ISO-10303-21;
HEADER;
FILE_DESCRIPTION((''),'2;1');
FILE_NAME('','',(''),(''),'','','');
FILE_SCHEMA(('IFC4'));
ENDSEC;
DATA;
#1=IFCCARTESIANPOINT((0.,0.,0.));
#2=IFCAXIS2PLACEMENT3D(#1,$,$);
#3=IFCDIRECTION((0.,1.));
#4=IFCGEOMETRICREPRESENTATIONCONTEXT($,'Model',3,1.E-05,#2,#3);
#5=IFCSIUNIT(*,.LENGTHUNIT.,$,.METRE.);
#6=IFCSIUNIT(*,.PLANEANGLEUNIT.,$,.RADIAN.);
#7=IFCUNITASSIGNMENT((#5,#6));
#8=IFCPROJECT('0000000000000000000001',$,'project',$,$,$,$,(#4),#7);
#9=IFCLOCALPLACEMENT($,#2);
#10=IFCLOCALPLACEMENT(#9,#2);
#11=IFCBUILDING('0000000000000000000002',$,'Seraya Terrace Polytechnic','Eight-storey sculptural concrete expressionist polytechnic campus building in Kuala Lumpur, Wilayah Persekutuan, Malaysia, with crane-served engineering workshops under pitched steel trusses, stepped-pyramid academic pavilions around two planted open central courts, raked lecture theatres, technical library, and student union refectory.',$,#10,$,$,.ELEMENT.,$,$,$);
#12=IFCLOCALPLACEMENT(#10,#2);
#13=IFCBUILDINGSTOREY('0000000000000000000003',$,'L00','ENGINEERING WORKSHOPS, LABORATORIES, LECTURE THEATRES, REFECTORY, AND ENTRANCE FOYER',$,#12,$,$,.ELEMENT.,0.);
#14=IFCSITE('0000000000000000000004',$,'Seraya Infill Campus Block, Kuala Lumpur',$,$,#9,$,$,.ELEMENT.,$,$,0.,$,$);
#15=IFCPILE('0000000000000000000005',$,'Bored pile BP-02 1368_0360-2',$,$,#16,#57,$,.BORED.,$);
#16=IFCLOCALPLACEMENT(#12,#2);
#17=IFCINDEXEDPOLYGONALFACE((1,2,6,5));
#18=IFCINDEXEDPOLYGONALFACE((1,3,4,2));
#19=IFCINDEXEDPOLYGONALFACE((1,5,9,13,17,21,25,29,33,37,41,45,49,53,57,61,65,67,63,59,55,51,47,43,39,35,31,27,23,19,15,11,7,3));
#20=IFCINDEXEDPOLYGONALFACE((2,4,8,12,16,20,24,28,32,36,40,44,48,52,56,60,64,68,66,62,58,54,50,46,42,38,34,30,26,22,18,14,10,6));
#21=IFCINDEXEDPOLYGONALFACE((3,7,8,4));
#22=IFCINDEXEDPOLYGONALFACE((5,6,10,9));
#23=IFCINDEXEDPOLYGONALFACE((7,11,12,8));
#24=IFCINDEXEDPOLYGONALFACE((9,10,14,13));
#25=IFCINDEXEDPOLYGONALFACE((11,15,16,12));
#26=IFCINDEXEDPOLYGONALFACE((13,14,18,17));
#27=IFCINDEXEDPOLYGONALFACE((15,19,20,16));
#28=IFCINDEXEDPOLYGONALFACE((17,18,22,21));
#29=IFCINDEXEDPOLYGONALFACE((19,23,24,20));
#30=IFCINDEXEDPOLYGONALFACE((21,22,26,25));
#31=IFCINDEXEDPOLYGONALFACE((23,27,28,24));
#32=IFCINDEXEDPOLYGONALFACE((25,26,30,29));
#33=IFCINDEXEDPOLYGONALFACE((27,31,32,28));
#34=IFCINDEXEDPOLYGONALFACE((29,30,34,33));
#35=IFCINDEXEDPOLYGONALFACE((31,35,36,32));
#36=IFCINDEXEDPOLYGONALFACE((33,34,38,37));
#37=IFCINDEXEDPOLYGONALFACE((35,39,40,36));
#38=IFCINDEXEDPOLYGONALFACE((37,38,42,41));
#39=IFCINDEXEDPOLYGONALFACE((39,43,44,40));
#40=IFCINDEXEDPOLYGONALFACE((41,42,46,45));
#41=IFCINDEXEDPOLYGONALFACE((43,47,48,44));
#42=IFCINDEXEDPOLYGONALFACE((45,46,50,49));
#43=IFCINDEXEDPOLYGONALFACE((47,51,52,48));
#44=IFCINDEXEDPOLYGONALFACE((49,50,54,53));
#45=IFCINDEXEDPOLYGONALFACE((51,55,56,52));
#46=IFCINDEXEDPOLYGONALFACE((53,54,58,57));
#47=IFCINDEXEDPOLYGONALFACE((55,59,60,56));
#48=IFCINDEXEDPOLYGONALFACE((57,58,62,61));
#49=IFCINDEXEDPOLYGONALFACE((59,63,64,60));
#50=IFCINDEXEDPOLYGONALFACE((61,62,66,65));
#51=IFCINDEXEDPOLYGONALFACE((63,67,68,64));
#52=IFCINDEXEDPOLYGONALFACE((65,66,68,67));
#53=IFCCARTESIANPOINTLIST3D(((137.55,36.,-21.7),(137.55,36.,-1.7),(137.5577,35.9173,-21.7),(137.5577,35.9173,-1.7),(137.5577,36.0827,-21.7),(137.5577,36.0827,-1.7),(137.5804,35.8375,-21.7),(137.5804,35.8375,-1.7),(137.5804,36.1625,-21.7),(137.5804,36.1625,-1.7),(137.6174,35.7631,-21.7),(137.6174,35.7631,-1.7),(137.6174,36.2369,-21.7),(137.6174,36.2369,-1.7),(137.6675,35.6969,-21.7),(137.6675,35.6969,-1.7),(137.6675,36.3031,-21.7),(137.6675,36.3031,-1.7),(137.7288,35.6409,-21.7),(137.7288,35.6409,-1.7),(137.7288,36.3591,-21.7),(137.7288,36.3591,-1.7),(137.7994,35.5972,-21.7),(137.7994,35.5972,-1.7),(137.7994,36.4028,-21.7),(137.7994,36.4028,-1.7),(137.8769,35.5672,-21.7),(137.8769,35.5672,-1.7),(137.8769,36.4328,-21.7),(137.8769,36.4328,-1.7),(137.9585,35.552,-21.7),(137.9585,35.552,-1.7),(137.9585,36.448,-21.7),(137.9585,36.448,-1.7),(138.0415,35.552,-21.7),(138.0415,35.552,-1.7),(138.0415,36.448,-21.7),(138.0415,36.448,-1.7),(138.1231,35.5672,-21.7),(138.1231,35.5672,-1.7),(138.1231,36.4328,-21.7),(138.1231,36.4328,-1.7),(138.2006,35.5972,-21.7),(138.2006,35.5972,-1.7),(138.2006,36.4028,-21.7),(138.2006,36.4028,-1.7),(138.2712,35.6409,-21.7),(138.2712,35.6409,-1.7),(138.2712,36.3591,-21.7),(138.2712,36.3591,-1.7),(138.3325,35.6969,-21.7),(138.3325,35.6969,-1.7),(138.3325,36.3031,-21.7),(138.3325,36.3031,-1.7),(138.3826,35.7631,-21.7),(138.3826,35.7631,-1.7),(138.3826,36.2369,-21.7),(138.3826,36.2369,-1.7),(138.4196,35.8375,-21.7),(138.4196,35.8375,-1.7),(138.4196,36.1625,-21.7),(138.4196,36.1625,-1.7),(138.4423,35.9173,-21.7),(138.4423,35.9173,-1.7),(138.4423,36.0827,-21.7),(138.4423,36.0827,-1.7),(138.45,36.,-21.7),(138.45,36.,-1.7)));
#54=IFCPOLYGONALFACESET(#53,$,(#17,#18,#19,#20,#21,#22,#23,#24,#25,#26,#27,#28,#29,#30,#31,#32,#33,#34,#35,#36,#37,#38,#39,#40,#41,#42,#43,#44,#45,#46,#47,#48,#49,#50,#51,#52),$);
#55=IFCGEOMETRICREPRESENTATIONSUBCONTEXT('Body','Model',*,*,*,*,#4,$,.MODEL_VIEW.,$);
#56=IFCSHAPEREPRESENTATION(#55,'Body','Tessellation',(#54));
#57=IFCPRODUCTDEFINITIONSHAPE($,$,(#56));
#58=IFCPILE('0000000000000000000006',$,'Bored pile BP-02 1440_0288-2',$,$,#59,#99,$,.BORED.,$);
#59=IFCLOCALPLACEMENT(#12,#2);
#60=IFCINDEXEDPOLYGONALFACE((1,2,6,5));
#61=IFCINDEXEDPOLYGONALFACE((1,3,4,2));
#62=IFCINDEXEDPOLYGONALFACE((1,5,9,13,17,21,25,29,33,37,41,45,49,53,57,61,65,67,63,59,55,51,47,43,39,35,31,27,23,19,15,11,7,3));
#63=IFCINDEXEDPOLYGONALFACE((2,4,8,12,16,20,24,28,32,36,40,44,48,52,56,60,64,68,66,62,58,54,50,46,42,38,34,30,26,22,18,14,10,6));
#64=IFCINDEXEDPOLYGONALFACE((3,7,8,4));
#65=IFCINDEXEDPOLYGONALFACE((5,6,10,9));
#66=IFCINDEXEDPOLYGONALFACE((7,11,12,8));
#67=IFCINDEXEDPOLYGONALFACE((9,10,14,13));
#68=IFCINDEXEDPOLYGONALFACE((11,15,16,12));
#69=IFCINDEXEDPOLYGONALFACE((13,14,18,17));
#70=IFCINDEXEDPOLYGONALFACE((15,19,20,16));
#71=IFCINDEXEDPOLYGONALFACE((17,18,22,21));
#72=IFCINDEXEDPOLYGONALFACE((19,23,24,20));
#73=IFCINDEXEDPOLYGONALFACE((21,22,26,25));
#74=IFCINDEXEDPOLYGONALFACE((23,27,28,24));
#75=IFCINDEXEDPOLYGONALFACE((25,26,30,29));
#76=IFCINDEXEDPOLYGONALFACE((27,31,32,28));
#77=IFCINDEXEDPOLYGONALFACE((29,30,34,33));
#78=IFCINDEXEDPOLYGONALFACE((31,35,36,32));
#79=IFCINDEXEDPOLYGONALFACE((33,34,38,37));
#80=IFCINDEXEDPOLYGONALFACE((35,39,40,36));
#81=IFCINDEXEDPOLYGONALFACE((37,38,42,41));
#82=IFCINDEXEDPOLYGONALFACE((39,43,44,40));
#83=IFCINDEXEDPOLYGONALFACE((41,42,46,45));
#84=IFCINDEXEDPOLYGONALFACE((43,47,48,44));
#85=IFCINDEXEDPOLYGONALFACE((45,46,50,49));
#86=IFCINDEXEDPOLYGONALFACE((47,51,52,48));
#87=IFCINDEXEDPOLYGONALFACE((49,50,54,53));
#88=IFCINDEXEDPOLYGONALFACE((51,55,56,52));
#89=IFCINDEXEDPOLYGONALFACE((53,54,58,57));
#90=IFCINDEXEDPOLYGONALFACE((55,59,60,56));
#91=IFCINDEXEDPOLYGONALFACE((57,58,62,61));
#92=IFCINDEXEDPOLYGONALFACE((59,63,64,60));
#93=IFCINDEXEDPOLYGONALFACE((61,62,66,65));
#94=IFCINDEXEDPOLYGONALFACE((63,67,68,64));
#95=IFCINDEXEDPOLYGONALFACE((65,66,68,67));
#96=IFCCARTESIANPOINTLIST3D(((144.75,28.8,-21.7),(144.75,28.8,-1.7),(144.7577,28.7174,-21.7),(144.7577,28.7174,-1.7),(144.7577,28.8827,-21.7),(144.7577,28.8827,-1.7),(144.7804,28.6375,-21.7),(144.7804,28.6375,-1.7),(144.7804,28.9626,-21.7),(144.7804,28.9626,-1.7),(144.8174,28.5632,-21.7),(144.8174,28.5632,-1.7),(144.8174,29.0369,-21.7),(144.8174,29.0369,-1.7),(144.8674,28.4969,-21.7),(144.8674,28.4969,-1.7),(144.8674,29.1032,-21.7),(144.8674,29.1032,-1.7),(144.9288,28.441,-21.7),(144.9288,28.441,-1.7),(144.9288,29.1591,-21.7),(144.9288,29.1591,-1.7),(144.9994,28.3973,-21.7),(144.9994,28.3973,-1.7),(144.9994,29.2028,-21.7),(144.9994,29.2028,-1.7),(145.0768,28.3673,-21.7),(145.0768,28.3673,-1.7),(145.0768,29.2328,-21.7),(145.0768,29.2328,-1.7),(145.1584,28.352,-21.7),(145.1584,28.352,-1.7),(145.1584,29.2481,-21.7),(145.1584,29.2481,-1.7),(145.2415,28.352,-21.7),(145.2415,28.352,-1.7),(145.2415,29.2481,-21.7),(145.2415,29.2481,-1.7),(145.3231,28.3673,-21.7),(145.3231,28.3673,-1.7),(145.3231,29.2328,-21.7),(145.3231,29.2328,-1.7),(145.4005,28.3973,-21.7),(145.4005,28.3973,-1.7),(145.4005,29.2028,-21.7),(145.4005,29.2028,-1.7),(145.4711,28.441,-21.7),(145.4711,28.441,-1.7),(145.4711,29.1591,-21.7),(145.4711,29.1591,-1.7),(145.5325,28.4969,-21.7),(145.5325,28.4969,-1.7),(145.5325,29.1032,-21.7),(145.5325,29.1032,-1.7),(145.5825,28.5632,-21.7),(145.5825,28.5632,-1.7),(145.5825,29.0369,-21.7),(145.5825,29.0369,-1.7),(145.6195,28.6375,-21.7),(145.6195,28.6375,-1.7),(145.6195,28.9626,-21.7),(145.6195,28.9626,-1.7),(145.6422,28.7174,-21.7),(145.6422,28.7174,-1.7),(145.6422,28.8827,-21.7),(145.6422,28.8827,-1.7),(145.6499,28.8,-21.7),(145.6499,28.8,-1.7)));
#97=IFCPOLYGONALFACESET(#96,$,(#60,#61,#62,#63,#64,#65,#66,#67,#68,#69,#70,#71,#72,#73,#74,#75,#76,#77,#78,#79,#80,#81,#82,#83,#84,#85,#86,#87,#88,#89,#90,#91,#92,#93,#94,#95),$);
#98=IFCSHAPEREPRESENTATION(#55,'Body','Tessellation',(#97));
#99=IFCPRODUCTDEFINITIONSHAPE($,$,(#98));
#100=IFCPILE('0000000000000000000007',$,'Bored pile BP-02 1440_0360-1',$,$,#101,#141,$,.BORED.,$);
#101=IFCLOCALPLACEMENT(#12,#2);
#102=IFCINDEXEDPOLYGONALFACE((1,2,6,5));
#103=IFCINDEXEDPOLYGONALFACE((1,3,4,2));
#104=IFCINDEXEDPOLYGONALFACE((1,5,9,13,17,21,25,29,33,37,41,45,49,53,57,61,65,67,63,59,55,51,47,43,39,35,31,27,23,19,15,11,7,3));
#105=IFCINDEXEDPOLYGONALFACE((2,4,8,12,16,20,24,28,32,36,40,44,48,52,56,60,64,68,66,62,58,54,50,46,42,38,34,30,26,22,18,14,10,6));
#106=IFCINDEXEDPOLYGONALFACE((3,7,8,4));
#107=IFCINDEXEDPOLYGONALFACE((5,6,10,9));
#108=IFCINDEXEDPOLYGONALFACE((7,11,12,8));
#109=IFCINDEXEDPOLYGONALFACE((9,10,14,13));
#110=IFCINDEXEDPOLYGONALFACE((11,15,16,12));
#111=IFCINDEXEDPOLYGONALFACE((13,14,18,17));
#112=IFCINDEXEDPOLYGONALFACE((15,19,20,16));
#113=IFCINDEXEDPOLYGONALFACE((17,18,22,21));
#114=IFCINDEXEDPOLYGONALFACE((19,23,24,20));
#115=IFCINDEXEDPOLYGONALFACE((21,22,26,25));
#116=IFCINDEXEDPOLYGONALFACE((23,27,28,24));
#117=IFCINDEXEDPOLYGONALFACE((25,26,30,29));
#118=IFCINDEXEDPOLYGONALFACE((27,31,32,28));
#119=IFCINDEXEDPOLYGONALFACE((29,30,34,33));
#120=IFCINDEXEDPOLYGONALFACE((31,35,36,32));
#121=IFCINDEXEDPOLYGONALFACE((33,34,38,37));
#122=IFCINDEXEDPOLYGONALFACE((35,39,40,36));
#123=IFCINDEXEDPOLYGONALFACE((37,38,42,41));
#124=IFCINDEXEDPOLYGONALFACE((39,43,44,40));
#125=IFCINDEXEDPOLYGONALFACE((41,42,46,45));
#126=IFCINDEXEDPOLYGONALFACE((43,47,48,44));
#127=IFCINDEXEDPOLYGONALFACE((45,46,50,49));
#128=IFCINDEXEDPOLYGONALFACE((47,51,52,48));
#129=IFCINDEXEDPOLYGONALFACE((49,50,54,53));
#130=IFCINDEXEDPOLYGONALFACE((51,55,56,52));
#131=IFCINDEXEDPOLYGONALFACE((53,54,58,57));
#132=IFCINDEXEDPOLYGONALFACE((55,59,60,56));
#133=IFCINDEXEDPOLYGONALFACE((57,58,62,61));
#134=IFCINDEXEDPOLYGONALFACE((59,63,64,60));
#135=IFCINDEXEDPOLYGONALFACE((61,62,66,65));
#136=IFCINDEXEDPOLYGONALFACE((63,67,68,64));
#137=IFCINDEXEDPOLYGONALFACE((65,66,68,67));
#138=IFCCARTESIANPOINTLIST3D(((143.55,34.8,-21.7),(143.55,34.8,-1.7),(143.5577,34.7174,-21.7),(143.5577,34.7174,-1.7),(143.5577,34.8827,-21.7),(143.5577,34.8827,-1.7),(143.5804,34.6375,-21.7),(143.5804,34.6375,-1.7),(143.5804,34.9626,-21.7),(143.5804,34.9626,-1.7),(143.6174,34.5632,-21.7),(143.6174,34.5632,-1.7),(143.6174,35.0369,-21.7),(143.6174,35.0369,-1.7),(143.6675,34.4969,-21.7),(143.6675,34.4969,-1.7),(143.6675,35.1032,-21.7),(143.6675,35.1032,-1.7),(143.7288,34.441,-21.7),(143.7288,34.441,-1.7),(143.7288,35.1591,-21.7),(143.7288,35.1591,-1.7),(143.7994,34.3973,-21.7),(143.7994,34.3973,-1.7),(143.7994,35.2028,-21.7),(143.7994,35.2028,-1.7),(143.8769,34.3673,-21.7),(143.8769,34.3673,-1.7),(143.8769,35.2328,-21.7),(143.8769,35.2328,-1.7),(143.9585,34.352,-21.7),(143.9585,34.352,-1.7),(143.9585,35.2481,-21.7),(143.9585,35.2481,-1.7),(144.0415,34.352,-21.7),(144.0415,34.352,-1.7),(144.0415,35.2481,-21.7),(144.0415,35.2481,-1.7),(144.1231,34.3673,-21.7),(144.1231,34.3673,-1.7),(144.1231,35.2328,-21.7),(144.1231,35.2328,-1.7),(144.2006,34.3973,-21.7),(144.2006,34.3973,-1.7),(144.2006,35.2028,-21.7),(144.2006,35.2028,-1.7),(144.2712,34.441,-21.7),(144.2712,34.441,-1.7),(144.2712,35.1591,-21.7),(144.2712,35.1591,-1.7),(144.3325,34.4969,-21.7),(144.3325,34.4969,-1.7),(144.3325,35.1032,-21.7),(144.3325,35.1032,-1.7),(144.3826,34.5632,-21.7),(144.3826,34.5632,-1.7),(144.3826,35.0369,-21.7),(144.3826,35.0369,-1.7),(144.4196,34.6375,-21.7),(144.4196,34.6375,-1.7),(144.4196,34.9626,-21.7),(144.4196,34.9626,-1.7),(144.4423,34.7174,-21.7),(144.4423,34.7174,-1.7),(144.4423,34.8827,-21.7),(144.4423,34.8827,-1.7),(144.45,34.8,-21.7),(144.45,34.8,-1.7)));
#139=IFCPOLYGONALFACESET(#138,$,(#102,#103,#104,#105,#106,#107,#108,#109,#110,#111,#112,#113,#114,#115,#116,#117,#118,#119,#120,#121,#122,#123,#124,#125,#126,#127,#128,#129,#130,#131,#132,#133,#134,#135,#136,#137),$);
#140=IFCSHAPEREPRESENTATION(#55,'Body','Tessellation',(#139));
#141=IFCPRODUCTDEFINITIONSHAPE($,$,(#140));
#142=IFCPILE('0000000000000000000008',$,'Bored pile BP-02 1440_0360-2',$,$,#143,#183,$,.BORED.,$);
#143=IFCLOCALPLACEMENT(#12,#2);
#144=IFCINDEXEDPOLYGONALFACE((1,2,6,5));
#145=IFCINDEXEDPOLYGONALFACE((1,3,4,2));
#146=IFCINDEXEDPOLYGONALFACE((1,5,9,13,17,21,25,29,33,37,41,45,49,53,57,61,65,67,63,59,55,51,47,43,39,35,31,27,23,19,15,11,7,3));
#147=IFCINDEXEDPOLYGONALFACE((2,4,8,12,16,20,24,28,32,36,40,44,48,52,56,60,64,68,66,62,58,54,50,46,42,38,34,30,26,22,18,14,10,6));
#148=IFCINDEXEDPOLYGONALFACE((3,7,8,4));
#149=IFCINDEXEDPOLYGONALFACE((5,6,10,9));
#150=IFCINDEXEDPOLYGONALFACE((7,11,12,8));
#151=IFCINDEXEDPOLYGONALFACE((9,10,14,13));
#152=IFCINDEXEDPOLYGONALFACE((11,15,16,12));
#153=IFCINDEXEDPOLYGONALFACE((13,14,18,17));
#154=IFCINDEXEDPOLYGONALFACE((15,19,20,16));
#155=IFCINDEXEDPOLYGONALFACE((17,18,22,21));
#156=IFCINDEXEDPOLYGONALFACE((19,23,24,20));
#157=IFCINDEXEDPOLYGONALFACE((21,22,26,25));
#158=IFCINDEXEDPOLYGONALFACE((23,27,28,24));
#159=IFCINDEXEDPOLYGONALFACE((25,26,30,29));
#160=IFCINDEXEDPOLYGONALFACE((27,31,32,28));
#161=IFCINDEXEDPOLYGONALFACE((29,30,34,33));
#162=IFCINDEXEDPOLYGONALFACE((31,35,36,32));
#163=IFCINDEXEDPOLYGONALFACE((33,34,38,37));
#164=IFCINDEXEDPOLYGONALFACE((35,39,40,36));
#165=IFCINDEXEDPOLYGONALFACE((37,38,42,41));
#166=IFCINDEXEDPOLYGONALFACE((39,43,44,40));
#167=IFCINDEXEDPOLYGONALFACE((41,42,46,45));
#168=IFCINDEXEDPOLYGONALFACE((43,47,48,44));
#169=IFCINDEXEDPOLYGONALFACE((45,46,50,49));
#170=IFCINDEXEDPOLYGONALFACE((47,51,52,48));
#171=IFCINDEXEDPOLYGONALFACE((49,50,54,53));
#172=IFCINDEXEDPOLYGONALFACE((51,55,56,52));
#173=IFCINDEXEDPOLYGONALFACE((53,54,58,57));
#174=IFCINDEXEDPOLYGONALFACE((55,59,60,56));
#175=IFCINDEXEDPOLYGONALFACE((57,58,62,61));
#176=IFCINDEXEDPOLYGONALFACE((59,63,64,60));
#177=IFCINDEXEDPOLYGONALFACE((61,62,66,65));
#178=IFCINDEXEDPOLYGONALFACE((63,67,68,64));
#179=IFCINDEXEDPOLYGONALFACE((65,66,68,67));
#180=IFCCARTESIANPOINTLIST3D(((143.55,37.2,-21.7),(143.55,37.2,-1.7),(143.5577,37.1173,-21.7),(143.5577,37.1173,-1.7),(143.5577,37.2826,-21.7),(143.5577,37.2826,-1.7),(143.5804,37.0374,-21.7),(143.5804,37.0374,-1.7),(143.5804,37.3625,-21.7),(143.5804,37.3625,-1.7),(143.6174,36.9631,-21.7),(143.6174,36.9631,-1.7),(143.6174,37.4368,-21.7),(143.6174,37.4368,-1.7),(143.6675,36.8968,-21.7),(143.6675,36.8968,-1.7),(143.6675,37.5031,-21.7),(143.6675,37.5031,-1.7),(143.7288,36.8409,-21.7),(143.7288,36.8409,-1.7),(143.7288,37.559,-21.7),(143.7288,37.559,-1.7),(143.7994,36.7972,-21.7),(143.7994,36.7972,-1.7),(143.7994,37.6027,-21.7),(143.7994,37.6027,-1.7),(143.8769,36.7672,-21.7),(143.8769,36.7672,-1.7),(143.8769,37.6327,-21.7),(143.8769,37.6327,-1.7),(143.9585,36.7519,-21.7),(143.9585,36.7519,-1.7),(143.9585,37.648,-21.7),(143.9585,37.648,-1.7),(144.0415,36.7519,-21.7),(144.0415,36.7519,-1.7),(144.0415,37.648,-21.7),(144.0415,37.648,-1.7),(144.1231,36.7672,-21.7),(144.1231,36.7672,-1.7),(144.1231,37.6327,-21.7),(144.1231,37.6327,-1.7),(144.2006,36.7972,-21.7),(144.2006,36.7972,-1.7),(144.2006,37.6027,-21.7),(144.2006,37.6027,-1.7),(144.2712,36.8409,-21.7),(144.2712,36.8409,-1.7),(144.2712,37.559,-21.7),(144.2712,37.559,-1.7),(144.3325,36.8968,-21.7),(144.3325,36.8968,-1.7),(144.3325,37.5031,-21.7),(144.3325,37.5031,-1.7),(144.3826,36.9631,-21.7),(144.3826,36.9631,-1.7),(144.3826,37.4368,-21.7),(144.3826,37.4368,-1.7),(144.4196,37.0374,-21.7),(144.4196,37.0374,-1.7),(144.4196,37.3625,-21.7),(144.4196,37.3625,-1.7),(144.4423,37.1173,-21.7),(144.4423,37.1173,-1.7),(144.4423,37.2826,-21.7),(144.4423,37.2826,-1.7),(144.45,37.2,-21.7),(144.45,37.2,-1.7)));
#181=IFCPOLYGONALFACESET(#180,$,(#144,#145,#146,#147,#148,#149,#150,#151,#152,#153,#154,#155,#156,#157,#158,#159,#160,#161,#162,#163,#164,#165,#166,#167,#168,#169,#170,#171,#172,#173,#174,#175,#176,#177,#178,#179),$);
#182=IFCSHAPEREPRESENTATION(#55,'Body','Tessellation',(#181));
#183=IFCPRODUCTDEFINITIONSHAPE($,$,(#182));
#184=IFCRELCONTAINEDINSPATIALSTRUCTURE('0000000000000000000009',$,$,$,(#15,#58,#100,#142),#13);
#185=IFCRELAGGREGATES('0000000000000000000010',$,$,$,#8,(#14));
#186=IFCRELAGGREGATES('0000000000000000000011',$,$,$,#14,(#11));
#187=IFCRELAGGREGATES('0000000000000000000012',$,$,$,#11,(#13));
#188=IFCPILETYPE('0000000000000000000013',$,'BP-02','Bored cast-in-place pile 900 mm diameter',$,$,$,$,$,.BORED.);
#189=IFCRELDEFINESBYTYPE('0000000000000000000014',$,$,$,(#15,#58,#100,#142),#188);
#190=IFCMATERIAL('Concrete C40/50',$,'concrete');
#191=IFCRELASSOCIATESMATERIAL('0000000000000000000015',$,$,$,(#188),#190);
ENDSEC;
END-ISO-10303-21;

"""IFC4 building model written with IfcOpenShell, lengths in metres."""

from ifc_helpers import new_model, si_unit, direction, frame, origin, origin_2d, place, context, subcontext, project, spatial, circle, extrude, material, material_profile, profile_set, type_object, element, save


model = new_model("IFC4")

# Units and contexts
model_context = context("Model", 3, precision=1e-05, world=origin(), true_north=direction((0.0, 1.0)))
body_context = subcontext(model_context, "Body", "Model", "MODEL_VIEW")
ifc_project = project(units=[si_unit("LENGTHUNIT", "METRE"), si_unit("PLANEANGLEUNIT", "RADIAN")], contexts=[model_context])

# Site, building, storey
site_placement = place(None, origin())
site = spatial("IfcSite", under=ifc_project, at=site_placement, Name="Seraya Infill Campus Block, Kuala Lumpur", CompositionType="ELEMENT", RefElevation=0.0)
building_placement = place(site_placement, origin())
building = spatial("IfcBuilding", under=site, at=building_placement, Name="Seraya Terrace Polytechnic", Description="Eight-storey sculptural concrete expressionist polytechnic campus building in Kuala Lumpur, Wilayah Persekutuan, Malaysia, with crane-served engineering workshops under pitched steel trusses, stepped-pyramid academic pavilions around two planted open central courts, raked lecture theatres, technical library, and student union refectory.", CompositionType="ELEMENT")
storey_placement = place(building_placement, origin())
storey = spatial("IfcBuildingStorey", under=building, at=storey_placement, Name="L00", Description="ENGINEERING WORKSHOPS, LABORATORIES, LECTURE THEATRES, REFECTORY, AND ENTRANCE FOYER", CompositionType="ELEMENT", Elevation=0.0)

# Piles
ifc_material_1 = material(Name="Concrete C40/50", Category="concrete")
ifc_material_profile_1 = material_profile(ifc_material_1, circle(Radius=0.45, at=origin_2d()), Name="DIA 900")
ifc_profile_set_1 = profile_set([ifc_material_profile_1], Name="Concrete C40/50")
pile_type_1 = type_object("IfcPileType", Name="BP-02", Description="Bored cast-in-place pile 900 mm diameter", PredefinedType="BORED", material=ifc_profile_set_1)
for number, where, z_axis, x_axis, name in (
    (1, (138.0, 36.0, -1.7), (0.0, 0.0, -1.0), (1.0, 0.0, 0.0), "Bored pile BP-02 1368_0360-2"),
    (2, (145.2, 28.8, -1.7), (0.0, 0.0, -1.0), (1.0, 0.0, 0.0), "Bored pile BP-02 1440_0288-2"),
    (3, (144.0, 34.8, -1.7), (0.0, 0.0, -1.0), (1.0, 0.0, 0.0), "Bored pile BP-02 1440_0360-1"),
    (4, (144.0, 37.2, -1.7), (0.0, 0.0, -1.0), (1.0, 0.0, 0.0), "Bored pile BP-02 1440_0360-2"),
):
    element("IfcPile", number, at=place(storey_placement, frame(where, z_axis=z_axis, x_axis=x_axis)), inside=storey, type_object=pile_type_1, Name=name, PredefinedType="BORED", context=body_context, shape_type="SweptSolid", body=[
        extrude(circle(Radius=0.45, at=origin_2d()), origin(), (0.0, 0.0, 1.0), 20.0),
    ])

save(model, "model.ifc")
